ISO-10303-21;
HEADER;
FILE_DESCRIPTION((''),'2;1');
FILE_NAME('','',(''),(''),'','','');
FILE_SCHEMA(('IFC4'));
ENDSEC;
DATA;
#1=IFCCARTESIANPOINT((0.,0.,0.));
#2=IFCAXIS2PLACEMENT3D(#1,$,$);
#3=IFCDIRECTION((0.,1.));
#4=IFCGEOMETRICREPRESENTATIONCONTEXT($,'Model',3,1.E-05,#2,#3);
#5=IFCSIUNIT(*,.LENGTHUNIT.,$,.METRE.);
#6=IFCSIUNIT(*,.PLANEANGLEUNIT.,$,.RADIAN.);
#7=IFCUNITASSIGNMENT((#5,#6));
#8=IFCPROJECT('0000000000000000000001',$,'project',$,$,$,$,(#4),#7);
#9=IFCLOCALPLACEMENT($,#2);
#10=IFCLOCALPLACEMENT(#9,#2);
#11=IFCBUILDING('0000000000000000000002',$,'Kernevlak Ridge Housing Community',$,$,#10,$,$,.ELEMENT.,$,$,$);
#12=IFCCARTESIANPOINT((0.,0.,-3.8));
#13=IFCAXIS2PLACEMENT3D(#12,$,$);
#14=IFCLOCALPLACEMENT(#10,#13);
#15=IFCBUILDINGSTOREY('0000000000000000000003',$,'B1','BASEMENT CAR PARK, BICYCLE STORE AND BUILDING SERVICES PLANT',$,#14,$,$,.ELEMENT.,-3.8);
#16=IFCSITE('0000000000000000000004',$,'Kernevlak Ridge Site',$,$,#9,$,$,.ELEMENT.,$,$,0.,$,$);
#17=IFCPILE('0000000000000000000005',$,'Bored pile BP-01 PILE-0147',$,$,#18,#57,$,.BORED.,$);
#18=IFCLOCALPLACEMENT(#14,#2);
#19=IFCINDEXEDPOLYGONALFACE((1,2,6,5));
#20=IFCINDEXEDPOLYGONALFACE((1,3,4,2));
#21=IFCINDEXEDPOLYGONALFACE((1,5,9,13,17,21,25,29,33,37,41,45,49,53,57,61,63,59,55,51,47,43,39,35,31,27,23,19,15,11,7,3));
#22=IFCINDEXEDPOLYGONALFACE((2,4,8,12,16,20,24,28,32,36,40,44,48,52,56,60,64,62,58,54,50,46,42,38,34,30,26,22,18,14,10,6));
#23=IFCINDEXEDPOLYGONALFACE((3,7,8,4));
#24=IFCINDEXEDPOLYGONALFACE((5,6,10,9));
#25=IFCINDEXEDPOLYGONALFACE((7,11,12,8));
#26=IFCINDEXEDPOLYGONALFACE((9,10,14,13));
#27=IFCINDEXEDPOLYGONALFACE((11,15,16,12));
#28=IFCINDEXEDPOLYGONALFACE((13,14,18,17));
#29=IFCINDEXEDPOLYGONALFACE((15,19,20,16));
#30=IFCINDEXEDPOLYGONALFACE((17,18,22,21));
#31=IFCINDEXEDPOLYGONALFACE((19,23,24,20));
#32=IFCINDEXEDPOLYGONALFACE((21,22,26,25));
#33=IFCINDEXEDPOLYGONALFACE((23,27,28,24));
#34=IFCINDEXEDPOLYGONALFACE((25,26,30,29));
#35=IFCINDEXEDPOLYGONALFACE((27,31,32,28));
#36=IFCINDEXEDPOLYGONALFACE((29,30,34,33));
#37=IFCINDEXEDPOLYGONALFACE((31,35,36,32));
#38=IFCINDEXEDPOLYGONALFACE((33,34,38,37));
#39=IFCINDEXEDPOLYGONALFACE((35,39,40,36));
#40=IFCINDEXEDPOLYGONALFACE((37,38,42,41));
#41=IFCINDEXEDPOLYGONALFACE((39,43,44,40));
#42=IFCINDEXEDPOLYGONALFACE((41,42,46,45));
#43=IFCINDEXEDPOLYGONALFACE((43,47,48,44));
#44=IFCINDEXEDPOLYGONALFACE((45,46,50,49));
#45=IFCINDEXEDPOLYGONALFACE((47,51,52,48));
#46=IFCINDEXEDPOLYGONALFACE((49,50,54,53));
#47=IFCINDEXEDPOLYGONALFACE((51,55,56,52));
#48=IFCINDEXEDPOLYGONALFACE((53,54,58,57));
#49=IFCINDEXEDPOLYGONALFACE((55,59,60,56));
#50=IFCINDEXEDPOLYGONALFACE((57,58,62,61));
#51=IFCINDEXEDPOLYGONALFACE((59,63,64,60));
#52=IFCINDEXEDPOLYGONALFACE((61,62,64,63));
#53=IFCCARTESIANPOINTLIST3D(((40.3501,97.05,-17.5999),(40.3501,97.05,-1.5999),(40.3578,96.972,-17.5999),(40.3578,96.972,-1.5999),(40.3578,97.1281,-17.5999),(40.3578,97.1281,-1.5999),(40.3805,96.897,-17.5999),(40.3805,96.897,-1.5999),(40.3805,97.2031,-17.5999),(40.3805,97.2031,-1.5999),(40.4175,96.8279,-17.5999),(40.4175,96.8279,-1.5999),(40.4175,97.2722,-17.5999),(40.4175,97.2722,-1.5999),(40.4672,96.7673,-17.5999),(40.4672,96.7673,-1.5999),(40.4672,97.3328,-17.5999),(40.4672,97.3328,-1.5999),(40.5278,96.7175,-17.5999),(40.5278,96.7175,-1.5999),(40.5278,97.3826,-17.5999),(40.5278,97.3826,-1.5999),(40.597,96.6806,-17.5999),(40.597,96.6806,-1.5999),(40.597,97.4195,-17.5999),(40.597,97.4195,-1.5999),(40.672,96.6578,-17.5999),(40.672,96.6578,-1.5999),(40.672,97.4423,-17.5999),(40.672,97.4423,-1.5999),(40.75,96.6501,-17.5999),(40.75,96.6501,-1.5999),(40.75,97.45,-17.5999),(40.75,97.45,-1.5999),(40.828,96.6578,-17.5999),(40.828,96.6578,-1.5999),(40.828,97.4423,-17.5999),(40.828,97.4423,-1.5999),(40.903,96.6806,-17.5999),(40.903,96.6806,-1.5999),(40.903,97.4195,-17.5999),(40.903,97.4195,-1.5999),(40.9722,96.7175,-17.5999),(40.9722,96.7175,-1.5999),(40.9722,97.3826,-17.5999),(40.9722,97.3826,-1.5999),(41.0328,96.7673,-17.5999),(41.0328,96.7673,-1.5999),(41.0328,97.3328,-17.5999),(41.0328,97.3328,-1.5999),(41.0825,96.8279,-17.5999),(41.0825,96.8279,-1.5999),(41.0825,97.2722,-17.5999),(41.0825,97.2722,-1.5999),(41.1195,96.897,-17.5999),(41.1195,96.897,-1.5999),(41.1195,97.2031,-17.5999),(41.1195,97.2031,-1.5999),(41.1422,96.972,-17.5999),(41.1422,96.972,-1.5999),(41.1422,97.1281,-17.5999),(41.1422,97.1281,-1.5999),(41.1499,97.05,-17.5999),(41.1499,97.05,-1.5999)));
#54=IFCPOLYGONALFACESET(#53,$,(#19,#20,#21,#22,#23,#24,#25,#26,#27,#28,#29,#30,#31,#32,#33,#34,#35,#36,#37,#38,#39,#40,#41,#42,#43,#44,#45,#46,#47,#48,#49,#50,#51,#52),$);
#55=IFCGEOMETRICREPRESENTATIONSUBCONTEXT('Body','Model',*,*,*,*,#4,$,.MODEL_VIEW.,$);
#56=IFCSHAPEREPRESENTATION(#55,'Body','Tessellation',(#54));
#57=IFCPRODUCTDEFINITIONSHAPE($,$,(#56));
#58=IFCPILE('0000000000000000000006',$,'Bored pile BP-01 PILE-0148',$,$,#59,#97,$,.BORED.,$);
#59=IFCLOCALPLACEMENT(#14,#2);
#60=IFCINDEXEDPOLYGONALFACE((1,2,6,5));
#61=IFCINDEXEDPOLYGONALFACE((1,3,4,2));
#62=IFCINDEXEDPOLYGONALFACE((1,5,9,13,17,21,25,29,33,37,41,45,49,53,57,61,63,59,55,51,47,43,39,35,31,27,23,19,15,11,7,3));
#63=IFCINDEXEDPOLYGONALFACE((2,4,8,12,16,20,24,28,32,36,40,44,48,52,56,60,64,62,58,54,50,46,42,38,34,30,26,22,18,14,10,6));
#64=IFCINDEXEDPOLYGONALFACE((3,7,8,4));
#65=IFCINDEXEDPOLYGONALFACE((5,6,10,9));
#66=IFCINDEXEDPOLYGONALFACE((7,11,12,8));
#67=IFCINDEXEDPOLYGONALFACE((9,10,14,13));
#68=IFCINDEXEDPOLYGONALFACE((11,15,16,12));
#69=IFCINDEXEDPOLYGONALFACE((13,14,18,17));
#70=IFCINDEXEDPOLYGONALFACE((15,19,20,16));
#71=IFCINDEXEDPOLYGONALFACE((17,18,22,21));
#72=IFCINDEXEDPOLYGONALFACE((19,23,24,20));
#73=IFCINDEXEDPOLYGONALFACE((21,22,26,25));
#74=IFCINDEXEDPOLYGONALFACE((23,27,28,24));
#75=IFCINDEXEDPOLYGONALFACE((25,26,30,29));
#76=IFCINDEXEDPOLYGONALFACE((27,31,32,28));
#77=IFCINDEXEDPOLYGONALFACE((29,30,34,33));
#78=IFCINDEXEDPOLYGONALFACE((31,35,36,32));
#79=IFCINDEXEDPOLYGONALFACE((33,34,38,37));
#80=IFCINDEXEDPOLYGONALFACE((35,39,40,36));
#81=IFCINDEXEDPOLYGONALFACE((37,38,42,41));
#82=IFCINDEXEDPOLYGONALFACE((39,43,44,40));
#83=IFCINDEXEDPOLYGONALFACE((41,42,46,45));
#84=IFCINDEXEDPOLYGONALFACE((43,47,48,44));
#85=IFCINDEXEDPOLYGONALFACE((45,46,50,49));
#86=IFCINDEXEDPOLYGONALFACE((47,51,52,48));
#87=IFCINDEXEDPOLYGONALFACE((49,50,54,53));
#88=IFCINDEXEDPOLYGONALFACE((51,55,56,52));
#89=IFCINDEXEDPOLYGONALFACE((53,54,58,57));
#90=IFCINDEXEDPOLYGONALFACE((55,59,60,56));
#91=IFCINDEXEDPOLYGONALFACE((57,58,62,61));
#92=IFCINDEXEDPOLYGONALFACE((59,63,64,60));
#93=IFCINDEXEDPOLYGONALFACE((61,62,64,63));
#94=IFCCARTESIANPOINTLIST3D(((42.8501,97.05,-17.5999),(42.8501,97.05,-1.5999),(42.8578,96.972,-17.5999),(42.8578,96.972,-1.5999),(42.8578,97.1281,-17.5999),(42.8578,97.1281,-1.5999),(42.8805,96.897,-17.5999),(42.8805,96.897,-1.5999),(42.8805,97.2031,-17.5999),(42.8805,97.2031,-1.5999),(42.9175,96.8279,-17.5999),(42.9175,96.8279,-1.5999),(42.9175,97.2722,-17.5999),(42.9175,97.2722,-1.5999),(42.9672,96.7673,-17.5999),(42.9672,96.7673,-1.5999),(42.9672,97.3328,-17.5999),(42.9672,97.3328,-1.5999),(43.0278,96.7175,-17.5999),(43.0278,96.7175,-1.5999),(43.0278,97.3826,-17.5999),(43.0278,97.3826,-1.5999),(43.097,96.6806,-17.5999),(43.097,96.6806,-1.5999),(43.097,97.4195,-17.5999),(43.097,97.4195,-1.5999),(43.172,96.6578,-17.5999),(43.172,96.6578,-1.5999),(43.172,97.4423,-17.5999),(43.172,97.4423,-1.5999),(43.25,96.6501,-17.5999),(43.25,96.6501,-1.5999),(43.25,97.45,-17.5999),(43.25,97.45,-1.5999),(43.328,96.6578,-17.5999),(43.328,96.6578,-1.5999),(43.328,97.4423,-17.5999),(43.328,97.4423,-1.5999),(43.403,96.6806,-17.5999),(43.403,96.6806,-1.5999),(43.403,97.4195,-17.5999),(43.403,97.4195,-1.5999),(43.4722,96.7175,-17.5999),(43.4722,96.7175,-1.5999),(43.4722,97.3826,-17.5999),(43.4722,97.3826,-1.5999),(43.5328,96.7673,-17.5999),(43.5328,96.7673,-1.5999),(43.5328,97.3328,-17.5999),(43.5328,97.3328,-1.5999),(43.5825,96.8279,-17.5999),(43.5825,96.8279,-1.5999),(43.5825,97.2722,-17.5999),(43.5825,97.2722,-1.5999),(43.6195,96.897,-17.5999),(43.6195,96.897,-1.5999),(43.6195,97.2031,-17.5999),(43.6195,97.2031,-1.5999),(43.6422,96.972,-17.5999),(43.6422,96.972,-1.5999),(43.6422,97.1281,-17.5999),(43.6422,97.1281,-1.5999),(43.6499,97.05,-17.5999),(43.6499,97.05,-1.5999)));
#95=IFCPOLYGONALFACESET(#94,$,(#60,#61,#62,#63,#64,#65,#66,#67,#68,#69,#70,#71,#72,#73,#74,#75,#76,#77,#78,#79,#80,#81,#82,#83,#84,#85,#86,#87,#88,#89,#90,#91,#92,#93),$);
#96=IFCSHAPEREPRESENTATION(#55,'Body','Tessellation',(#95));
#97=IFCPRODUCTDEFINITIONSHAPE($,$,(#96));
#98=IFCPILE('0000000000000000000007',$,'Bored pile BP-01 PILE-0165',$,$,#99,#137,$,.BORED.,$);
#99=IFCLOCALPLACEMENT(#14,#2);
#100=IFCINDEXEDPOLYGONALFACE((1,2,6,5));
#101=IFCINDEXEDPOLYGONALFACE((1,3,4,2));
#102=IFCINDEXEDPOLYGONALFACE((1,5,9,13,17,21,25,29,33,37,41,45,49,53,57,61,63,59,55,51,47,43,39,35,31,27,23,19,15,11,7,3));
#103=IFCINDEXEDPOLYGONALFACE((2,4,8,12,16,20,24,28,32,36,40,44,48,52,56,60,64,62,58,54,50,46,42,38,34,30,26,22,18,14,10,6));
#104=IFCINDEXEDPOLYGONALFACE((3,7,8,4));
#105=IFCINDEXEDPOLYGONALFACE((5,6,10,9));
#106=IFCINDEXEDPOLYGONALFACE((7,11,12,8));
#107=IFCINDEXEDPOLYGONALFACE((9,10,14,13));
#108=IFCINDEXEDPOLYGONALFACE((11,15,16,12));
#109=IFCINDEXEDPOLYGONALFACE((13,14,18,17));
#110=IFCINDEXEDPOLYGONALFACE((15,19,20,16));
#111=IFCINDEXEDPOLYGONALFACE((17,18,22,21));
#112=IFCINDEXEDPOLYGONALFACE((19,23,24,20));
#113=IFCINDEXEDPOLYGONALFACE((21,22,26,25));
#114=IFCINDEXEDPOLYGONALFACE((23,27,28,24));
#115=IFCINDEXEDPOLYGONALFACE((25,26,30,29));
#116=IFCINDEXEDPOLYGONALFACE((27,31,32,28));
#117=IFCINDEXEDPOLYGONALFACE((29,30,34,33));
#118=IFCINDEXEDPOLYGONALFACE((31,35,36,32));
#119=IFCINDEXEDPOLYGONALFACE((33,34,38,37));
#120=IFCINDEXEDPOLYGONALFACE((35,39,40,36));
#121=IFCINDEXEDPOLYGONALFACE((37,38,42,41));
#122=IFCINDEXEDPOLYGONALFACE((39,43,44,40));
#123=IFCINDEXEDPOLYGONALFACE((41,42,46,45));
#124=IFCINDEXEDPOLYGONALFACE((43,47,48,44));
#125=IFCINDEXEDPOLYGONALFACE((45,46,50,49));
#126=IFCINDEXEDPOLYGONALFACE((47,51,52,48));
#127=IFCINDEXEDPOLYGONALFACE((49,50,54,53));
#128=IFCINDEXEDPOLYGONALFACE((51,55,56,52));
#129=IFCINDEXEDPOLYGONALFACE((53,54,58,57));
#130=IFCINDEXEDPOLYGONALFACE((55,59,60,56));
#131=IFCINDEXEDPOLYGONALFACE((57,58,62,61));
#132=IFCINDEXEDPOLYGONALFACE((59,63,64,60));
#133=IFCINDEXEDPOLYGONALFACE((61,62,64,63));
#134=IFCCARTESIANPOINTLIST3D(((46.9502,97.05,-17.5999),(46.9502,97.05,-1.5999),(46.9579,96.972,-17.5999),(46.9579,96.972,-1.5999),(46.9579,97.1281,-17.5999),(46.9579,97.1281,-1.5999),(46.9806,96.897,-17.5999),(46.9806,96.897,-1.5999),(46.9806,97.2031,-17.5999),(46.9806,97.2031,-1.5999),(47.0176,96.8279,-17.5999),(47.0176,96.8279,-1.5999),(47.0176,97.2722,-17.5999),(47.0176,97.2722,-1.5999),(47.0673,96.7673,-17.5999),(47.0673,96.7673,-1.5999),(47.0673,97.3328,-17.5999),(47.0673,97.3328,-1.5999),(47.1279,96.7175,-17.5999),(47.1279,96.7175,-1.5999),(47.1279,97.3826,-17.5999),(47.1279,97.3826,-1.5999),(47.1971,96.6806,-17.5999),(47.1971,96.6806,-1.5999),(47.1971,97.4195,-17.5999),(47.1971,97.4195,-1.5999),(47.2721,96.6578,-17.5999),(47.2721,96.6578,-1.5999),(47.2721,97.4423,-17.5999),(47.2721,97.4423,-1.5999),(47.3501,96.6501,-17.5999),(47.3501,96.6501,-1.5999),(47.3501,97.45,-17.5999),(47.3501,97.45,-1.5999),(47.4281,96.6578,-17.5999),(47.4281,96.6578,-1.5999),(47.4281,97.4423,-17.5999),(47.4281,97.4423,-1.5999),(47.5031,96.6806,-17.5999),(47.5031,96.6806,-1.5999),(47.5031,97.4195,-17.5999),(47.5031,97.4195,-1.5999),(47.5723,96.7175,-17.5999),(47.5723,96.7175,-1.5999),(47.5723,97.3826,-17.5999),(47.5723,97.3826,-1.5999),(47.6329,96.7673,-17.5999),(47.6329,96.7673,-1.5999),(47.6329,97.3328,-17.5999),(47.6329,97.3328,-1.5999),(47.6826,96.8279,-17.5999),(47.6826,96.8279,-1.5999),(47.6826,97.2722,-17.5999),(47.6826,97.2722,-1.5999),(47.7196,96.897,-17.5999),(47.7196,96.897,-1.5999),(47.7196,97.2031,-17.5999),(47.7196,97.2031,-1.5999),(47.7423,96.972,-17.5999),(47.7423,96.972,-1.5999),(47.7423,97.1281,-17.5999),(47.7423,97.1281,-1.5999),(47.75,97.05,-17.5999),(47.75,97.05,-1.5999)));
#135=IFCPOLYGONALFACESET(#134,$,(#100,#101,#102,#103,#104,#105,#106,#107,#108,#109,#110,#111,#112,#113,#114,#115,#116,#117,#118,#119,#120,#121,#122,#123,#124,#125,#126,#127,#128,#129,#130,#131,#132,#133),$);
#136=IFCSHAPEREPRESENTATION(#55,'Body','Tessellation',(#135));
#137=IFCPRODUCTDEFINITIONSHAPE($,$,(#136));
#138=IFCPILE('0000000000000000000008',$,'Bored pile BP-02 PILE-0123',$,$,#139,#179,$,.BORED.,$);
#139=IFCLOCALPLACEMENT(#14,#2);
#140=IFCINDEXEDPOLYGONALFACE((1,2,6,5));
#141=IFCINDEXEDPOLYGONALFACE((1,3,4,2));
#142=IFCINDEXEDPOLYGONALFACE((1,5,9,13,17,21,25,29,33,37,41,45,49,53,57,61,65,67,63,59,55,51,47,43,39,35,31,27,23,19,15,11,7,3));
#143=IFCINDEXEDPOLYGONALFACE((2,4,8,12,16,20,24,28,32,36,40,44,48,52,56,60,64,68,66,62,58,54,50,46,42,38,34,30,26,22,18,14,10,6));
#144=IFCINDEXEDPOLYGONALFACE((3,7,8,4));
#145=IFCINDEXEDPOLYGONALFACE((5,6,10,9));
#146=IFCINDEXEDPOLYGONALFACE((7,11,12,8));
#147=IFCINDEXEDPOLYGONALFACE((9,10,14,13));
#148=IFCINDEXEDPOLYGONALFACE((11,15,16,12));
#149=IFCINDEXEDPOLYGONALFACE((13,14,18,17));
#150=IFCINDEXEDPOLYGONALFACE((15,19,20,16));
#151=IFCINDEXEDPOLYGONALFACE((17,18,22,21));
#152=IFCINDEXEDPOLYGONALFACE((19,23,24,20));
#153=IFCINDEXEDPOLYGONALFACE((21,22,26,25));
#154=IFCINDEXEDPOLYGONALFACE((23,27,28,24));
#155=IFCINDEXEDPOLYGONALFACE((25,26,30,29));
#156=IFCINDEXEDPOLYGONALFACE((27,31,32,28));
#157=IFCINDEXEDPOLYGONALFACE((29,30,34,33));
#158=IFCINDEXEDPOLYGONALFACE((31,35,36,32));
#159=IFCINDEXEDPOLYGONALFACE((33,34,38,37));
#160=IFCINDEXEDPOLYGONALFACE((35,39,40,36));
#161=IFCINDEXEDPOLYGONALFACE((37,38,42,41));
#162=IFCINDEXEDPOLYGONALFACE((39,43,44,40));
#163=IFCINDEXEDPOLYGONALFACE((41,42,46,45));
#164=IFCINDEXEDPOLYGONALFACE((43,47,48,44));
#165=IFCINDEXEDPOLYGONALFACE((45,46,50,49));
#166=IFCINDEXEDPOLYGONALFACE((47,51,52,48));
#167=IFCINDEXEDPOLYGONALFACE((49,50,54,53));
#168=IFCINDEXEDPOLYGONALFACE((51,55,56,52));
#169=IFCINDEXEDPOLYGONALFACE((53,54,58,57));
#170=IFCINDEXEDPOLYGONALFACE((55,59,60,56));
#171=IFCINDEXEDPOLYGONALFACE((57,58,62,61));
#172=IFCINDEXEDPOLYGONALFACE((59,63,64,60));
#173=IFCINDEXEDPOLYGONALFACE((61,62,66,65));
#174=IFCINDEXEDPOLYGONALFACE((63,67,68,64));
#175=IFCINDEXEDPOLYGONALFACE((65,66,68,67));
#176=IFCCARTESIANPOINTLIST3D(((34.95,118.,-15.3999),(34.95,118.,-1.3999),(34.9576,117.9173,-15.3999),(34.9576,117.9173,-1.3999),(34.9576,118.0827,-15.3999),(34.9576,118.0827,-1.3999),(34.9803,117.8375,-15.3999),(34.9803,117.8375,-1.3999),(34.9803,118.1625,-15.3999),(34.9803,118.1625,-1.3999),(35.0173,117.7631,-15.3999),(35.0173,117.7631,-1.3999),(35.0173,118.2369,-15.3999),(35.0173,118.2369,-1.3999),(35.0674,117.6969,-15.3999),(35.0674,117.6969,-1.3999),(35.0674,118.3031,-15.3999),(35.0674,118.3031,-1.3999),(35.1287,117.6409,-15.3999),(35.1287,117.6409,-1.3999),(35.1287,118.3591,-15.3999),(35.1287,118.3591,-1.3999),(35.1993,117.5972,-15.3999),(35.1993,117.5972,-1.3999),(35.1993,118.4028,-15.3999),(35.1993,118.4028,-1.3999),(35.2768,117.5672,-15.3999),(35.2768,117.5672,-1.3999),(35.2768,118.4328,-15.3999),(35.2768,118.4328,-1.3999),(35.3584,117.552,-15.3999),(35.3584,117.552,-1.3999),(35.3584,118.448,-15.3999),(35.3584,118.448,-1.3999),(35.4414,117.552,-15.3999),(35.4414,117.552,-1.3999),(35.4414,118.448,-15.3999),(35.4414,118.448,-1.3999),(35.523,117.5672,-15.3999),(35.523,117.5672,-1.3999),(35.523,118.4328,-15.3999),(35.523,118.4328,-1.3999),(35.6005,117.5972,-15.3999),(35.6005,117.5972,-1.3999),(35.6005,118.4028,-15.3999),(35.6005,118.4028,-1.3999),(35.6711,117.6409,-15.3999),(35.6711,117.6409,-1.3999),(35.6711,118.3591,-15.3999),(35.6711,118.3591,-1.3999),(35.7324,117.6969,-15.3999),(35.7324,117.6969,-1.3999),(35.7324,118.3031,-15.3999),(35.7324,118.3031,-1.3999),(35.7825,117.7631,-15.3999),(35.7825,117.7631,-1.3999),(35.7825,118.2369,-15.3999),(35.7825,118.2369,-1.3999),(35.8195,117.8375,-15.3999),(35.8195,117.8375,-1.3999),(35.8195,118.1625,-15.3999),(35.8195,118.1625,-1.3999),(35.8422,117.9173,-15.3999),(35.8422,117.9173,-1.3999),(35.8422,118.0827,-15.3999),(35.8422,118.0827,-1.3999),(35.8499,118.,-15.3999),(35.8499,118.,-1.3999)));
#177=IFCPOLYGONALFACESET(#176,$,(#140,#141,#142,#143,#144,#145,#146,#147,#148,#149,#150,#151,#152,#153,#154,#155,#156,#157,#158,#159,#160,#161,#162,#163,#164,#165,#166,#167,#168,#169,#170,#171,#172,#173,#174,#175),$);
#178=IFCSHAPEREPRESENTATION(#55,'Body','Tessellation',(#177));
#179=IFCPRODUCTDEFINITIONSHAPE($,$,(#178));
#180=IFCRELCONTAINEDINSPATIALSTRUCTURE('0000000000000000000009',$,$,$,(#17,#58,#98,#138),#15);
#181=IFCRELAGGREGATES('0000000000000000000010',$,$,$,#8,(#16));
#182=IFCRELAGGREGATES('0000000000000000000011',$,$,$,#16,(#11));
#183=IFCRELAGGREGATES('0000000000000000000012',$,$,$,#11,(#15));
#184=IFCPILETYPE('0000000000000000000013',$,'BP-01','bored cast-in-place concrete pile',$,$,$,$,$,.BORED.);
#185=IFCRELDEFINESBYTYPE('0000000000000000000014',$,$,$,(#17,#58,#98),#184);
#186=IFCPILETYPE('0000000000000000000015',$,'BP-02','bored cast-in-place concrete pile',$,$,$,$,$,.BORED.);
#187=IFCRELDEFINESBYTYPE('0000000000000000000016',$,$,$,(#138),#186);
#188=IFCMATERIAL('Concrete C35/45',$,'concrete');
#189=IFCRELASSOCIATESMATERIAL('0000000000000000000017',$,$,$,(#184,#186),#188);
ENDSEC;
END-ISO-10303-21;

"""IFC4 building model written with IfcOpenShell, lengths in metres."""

from ifc_helpers import new_model, si_unit, direction, frame, origin, origin_2d, place, context, subcontext, project, spatial, circle, extrude, material, material_profile, profile_set, type_object, element, save


model = new_model("IFC4")

# Units and contexts
model_context = context("Model", 3, precision=1e-05, world=origin(), true_north=direction((0.0, 1.0)))
body_context = subcontext(model_context, "Body", "Model", "MODEL_VIEW")
ifc_project = project(units=[si_unit("LENGTHUNIT", "METRE"), si_unit("PLANEANGLEUNIT", "RADIAN")], contexts=[model_context])

# Site, building, storey
site_placement = place(None, origin())
site = spatial("IfcSite", under=ifc_project, at=site_placement, Name="Kernevlak Ridge Site", CompositionType="ELEMENT", RefElevation=0.0)
building_placement = place(site_placement, origin())
building = spatial("IfcBuilding", under=site, at=building_placement, Name="Kernevlak Ridge Housing Community", CompositionType="ELEMENT")
storey_placement = place(building_placement, frame((0.0, 0.0, -3.8)))
storey = spatial("IfcBuildingStorey", under=building, at=storey_placement, Name="B1", Description="BASEMENT CAR PARK, BICYCLE STORE AND BUILDING SERVICES PLANT", CompositionType="ELEMENT", Elevation=-3.8)

# Piles
ifc_material_1 = material(Name="Concrete C35/45", Category="concrete")
ifc_material_profile_1 = material_profile(ifc_material_1, circle(Radius=0.3999, at=origin_2d()), Name="BORED PILE 800")
ifc_profile_set_1 = profile_set([ifc_material_profile_1], Name="Concrete C35/45")
pile_type_1 = type_object("IfcPileType", Name="BP-01", Description="bored cast-in-place concrete pile", PredefinedType="BORED", material=ifc_profile_set_1)
for number, where, z_axis, x_axis, name in (
    (1, (40.75, 97.05, -1.5999), (0.0, 0.0, -1.0), (1.0, 0.0, 0.0), "Bored pile BP-01 PILE-0147"),
    (2, (43.25, 97.05, -1.5999), (0.0, 0.0, -1.0), (1.0, 0.0, 0.0), "Bored pile BP-01 PILE-0148"),
    (3, (47.3501, 97.05, -1.5999), (0.0, 0.0, -1.0), (1.0, 0.0, 0.0), "Bored pile BP-01 PILE-0165"),
):
    element("IfcPile", number, at=place(storey_placement, frame(where, z_axis=z_axis, x_axis=x_axis)), inside=storey, type_object=pile_type_1, Name=name, PredefinedType="BORED", context=body_context, shape_type="SweptSolid", body=[
        extrude(circle(Radius=0.3999, at=origin_2d()), origin(), (0.0, 0.0, 1.0), 16.0),
    ])
ifc_material_profile_2 = material_profile(ifc_material_1, circle(Radius=0.45, at=origin_2d()), Name="BORED PILE 900")
ifc_profile_set_2 = profile_set([ifc_material_profile_2], Name="Concrete C35/45")
pile_type_2 = type_object("IfcPileType", Name="BP-02", Description="bored cast-in-place concrete pile", PredefinedType="BORED", material=ifc_profile_set_2)
for number, where, z_axis, x_axis, name in (
    (4, (35.3999, 118.0, -1.3999), (0.0, 0.0, -1.0), (1.0, 0.0, 0.0), "Bored pile BP-02 PILE-0123"),
):
    element("IfcPile", number, at=place(storey_placement, frame(where, z_axis=z_axis, x_axis=x_axis)), inside=storey, type_object=pile_type_2, Name=name, PredefinedType="BORED", context=body_context, shape_type="SweptSolid", body=[
        extrude(circle(Radius=0.45, at=origin_2d()), origin(), (0.0, 0.0, 1.0), 14.0),
    ])

save(model, "model.ifc")
